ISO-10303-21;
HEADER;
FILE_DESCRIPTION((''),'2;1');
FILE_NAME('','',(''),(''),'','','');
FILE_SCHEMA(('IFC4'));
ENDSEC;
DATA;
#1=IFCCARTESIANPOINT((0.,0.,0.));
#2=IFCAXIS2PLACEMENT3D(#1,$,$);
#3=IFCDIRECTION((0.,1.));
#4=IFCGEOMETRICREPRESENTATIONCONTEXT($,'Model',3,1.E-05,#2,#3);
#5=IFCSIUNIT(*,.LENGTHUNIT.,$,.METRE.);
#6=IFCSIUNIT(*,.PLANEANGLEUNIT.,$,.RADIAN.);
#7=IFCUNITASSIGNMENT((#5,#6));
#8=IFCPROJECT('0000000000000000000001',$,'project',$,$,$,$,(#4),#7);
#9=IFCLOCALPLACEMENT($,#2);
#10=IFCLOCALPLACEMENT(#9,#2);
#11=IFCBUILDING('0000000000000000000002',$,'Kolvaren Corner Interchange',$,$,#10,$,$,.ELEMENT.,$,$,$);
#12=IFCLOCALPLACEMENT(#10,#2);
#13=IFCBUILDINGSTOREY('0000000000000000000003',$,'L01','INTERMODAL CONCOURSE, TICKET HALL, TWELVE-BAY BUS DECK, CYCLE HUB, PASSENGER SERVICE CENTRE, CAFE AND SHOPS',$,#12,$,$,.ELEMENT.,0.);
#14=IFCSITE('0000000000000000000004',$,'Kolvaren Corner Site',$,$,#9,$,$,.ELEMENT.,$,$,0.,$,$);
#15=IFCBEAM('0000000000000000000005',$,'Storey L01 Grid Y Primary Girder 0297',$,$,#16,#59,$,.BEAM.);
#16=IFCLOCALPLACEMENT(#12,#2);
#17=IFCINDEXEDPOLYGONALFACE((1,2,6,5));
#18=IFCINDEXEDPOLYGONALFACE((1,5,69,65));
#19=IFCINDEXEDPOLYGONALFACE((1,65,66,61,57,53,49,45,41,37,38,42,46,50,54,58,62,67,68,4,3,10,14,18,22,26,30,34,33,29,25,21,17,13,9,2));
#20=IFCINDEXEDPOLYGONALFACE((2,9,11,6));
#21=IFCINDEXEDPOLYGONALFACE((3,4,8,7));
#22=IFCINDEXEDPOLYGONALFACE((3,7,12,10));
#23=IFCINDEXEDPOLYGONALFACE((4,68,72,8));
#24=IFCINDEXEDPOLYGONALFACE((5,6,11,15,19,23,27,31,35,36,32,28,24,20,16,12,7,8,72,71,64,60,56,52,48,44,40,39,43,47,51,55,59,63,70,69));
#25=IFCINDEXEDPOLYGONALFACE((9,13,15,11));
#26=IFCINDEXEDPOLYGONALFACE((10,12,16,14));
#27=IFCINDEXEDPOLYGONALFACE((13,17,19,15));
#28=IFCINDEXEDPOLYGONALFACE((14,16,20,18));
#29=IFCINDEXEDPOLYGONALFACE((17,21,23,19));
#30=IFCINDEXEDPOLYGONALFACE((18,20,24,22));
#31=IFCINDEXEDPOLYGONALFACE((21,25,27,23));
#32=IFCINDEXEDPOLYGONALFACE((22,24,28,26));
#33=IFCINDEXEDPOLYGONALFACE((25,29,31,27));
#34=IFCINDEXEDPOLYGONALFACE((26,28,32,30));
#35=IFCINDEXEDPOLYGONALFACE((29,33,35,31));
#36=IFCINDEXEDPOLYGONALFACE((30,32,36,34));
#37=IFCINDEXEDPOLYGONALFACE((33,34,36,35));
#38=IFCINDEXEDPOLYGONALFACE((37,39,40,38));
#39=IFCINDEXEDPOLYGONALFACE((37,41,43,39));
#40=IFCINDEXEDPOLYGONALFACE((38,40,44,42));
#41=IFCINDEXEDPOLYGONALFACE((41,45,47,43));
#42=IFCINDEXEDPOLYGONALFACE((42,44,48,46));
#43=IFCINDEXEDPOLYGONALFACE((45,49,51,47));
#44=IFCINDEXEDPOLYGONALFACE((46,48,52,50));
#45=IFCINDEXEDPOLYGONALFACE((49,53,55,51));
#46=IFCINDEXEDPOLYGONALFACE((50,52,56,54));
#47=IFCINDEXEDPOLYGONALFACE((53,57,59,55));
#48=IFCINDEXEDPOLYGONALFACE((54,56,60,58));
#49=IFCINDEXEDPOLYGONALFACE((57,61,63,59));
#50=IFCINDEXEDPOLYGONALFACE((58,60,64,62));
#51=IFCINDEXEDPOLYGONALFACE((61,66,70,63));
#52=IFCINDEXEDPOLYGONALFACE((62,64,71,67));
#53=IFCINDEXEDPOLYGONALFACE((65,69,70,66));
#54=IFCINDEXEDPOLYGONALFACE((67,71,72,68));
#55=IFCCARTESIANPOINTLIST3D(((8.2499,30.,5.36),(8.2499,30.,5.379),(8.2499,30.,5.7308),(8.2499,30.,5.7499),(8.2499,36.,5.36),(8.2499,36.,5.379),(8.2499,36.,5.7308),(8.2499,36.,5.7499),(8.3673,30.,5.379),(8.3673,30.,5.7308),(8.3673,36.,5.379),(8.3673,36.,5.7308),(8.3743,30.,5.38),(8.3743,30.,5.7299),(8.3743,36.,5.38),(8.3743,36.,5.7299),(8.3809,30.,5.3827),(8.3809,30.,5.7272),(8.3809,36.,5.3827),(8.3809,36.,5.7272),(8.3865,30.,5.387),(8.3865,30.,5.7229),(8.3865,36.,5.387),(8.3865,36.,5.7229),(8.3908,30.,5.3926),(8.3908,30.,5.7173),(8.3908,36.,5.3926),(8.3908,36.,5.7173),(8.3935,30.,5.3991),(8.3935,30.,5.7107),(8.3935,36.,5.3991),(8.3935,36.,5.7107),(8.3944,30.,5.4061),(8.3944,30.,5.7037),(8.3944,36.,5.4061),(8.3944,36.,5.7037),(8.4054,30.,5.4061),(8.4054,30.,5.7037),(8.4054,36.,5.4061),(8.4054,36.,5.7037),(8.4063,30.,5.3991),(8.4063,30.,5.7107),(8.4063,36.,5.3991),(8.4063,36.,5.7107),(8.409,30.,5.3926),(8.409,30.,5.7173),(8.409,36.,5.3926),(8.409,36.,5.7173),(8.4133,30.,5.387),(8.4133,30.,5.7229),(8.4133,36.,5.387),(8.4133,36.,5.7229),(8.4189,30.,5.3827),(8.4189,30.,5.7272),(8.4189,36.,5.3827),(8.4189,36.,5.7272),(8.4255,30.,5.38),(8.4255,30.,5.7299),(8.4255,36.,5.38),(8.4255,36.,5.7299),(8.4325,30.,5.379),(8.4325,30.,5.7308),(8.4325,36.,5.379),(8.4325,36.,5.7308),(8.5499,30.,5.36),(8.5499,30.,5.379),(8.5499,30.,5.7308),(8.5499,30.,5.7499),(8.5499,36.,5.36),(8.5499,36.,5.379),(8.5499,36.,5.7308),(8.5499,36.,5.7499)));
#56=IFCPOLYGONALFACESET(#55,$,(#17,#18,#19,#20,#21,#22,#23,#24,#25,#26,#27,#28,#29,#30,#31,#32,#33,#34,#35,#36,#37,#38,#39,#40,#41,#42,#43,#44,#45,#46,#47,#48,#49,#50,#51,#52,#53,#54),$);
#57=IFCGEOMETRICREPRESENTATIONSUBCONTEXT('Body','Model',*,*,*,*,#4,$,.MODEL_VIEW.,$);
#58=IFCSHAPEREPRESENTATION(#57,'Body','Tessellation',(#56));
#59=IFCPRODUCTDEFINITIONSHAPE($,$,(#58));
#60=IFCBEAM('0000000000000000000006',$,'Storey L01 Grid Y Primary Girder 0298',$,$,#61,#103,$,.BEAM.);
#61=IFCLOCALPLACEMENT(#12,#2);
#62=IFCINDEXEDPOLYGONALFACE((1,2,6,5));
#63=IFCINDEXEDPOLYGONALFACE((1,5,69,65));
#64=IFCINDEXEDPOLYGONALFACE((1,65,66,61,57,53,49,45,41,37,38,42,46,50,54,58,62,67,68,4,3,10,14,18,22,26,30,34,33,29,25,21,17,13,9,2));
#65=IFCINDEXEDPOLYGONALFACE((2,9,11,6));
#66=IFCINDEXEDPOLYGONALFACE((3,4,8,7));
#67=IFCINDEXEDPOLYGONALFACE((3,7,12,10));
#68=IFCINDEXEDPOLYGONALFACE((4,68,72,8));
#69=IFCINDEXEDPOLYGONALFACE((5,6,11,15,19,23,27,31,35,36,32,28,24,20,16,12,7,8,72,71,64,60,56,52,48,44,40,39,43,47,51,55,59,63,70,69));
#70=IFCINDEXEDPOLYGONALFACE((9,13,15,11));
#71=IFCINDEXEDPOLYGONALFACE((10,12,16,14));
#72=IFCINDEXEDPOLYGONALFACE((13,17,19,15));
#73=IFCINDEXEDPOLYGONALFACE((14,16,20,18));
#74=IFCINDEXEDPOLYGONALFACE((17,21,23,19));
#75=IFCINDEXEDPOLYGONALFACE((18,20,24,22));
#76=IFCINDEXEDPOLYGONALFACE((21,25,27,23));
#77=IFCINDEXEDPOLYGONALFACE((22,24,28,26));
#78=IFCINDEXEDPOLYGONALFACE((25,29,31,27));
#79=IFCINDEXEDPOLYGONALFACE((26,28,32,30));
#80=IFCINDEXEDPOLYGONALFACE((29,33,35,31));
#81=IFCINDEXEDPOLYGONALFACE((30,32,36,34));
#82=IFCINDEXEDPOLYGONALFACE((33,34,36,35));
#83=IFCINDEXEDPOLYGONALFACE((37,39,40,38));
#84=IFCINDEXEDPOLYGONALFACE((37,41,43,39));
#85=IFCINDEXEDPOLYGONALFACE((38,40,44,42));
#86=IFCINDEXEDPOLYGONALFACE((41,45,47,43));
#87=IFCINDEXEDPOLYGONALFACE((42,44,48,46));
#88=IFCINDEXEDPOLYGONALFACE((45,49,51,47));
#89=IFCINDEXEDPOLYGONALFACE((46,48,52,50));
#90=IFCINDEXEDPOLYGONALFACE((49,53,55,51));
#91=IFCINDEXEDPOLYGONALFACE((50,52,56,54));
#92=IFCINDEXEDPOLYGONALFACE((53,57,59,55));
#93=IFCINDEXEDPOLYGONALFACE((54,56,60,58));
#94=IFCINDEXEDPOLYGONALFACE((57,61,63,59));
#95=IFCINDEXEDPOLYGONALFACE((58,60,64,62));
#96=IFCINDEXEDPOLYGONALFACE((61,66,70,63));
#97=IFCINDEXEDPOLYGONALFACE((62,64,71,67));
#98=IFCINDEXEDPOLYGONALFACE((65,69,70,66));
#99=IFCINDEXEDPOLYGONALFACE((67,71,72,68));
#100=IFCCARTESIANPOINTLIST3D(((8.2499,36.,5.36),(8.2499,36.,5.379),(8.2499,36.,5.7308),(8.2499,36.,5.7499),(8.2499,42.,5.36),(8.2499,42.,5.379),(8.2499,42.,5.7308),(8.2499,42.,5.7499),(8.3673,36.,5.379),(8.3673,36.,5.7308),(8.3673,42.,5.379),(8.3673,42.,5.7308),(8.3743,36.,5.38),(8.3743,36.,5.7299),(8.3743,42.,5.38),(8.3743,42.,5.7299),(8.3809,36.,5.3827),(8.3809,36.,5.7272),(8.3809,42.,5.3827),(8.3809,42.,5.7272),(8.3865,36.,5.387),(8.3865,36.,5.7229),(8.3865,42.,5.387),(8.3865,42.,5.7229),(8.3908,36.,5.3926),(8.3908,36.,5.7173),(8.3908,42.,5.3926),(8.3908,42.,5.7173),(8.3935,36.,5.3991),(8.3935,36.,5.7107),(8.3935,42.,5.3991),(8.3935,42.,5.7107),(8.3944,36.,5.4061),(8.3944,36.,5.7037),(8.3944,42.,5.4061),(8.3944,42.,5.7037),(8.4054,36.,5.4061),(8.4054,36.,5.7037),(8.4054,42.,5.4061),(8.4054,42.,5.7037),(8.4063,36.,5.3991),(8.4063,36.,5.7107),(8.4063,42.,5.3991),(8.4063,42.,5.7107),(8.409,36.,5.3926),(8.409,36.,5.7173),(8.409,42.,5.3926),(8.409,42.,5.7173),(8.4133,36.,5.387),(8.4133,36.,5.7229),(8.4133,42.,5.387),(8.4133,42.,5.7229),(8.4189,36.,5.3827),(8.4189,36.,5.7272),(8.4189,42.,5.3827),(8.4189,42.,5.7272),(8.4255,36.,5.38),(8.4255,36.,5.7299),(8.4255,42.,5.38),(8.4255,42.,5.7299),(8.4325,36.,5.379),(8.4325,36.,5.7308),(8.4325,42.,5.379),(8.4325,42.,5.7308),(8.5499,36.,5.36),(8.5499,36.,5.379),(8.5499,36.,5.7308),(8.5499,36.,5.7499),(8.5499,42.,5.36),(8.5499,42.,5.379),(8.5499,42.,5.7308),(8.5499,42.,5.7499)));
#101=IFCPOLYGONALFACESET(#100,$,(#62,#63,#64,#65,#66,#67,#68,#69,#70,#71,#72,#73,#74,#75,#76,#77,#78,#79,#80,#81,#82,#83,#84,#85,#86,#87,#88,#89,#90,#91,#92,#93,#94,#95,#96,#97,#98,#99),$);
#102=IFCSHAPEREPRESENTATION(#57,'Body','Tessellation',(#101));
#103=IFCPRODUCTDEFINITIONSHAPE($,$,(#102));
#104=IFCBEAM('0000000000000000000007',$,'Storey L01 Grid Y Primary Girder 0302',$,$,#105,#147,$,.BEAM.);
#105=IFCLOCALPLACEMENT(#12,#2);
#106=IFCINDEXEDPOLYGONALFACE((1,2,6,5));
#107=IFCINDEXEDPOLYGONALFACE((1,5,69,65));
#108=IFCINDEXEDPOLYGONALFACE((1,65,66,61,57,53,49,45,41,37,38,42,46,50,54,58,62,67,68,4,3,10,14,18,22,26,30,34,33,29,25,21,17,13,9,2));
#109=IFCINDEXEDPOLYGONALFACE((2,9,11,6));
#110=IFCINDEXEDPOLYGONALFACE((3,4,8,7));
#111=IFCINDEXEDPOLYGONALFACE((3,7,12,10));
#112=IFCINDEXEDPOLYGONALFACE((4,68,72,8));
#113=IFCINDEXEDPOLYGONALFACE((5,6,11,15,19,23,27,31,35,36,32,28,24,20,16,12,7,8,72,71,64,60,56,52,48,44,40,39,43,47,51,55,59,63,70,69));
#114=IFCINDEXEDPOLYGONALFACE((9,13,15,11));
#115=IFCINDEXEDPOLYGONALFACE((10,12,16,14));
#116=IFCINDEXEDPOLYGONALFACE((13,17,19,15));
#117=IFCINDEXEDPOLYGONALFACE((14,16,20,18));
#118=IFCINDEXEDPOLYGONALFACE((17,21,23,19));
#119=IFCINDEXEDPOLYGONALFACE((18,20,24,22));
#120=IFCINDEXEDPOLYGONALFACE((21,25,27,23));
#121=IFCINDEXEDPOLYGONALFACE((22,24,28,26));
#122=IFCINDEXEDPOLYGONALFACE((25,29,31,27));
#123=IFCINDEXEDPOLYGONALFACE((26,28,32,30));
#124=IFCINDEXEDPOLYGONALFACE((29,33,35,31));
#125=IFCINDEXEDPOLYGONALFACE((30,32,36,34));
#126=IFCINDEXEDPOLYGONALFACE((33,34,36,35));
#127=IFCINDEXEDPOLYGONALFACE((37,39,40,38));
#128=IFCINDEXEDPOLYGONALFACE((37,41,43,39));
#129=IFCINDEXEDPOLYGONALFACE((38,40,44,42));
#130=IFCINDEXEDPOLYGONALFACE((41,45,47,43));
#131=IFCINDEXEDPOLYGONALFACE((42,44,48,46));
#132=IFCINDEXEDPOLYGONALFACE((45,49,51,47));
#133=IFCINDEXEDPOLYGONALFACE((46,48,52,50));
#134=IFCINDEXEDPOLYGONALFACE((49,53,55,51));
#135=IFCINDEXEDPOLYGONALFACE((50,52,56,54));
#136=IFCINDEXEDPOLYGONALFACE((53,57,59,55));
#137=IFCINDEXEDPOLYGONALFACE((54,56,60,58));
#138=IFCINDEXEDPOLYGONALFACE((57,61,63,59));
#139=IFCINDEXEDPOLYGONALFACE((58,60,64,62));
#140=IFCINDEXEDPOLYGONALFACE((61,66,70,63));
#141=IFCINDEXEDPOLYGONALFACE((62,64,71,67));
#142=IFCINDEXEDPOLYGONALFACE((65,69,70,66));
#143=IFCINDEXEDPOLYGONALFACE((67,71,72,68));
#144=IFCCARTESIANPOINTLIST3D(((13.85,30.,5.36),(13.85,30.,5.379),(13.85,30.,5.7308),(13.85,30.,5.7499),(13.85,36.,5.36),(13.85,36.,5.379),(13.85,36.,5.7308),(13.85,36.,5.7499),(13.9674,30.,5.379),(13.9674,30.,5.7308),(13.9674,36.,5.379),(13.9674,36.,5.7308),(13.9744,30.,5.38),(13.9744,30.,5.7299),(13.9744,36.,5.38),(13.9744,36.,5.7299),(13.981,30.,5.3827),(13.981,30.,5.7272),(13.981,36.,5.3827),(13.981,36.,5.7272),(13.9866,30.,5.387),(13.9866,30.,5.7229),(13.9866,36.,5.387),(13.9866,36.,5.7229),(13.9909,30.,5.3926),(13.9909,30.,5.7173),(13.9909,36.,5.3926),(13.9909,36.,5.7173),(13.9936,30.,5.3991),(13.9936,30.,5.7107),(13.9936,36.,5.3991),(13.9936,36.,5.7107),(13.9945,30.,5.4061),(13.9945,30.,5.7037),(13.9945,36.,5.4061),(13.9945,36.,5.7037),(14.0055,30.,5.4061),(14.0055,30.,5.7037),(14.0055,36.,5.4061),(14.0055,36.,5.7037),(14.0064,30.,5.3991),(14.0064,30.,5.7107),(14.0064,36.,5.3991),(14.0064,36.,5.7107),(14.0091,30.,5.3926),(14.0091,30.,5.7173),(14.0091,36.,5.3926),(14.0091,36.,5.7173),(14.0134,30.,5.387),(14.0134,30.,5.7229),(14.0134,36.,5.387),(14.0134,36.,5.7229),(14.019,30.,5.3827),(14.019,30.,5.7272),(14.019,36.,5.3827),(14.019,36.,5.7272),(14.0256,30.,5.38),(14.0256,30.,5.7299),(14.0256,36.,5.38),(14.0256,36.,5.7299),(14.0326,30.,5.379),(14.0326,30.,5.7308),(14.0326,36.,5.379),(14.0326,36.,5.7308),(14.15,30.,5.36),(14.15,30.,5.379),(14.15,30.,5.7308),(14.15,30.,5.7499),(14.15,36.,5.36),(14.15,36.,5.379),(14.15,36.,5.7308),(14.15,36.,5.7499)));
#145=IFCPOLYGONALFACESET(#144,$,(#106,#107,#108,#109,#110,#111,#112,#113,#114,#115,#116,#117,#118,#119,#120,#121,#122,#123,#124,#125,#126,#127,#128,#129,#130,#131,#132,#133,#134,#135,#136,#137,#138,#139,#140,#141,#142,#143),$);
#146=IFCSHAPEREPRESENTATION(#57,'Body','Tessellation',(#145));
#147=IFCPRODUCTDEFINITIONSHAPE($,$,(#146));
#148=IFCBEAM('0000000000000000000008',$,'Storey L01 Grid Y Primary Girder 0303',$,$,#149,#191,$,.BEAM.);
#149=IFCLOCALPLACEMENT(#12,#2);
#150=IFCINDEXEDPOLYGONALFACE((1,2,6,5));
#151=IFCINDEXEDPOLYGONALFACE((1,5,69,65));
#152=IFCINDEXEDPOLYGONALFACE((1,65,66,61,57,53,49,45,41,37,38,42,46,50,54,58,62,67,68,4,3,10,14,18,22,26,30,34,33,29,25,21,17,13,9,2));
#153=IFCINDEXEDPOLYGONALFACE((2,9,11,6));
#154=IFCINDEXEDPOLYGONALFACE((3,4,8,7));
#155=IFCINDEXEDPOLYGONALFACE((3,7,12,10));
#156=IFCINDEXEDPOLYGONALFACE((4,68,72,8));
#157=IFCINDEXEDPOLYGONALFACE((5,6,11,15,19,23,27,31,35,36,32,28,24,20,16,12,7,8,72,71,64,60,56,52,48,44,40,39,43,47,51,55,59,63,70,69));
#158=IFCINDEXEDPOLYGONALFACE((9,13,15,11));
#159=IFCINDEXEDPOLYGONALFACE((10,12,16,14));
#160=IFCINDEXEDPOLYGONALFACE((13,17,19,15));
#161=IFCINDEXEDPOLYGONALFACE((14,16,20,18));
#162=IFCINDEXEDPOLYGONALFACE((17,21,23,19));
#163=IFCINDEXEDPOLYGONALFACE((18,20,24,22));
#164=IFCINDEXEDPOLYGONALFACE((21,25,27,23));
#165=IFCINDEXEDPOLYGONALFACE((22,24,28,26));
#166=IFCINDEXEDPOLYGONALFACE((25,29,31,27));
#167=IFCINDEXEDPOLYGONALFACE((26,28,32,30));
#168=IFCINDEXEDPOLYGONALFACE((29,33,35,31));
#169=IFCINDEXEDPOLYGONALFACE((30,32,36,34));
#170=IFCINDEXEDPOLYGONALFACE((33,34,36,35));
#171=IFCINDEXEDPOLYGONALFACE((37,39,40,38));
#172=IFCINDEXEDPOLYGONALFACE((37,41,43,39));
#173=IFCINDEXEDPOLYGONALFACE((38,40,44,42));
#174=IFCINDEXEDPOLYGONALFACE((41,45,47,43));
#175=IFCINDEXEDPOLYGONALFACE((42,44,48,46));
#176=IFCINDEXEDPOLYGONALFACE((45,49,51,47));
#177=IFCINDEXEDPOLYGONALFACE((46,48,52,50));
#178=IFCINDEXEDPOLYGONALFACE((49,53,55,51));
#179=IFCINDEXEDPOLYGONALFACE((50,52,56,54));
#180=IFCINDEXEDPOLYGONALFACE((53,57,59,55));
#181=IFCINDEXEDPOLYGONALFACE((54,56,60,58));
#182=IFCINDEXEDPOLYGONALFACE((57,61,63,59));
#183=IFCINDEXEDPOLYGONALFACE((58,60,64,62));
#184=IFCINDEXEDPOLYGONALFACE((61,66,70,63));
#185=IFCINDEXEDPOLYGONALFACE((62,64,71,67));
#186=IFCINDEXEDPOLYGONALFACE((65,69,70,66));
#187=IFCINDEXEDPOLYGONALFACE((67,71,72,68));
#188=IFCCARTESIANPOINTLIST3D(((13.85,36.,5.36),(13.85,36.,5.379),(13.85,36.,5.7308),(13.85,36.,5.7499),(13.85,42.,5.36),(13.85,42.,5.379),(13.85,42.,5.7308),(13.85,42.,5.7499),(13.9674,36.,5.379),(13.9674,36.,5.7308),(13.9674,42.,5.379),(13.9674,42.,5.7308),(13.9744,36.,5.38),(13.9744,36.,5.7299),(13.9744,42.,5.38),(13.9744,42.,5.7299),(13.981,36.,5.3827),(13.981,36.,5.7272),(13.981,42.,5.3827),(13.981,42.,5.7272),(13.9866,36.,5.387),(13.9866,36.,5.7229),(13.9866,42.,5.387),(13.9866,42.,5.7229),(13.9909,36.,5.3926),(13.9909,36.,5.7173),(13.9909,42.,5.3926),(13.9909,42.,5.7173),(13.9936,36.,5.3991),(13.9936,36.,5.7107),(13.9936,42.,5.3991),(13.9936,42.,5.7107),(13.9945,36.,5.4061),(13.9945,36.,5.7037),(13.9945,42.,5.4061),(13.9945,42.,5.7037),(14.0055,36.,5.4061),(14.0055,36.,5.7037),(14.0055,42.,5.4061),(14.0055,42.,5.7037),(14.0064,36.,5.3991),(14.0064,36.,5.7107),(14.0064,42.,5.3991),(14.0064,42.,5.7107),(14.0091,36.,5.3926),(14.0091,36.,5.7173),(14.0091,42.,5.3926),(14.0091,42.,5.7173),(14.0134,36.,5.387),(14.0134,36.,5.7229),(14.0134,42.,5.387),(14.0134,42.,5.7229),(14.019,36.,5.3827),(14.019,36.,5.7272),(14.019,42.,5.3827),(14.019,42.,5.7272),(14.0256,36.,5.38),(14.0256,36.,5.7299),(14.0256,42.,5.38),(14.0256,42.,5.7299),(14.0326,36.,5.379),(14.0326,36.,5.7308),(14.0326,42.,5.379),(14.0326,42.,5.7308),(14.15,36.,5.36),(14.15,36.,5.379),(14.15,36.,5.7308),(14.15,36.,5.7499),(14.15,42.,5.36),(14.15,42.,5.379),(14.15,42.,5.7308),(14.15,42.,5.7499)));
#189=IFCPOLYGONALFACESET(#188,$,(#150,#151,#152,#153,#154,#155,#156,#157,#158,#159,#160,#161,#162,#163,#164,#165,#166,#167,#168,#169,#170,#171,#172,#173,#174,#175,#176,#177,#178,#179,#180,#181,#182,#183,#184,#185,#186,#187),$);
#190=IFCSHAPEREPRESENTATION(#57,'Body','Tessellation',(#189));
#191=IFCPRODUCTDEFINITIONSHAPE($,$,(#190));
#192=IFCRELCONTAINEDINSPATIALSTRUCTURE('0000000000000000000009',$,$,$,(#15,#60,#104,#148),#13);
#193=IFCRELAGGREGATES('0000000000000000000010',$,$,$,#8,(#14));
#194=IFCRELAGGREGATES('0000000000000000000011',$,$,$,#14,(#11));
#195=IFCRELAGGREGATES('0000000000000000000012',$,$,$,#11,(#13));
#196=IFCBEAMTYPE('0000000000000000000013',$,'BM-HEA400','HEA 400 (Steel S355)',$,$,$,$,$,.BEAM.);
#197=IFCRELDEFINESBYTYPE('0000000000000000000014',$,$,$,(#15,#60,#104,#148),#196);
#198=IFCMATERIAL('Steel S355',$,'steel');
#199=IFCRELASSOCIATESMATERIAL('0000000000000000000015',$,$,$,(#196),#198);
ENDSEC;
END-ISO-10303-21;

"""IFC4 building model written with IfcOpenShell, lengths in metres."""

from ifc_helpers import new_model, si_unit, direction, frame, origin, origin_2d, place, context, subcontext, project, spatial, i_section, extrude, material, material_profile, profile_set, type_object, element, save


model = new_model("IFC4")

# Units and contexts
model_context = context("Model", 3, precision=1e-05, world=origin(), true_north=direction((0.0, 1.0)))
body_context = subcontext(model_context, "Body", "Model", "MODEL_VIEW")
ifc_project = project(units=[si_unit("LENGTHUNIT", "METRE"), si_unit("PLANEANGLEUNIT", "RADIAN")], contexts=[model_context])

# Site, building, storey
site_placement = place(None, origin())
site = spatial("IfcSite", under=ifc_project, at=site_placement, Name="Kolvaren Corner Site", CompositionType="ELEMENT", RefElevation=0.0)
building_placement = place(site_placement, origin())
building = spatial("IfcBuilding", under=site, at=building_placement, Name="Kolvaren Corner Interchange", CompositionType="ELEMENT")
storey_placement = place(building_placement, origin())
storey = spatial("IfcBuildingStorey", under=building, at=storey_placement, Name="L01", Description="INTERMODAL CONCOURSE, TICKET HALL, TWELVE-BAY BUS DECK, CYCLE HUB, PASSENGER SERVICE CENTRE, CAFE AND SHOPS", CompositionType="ELEMENT", Elevation=0.0)

# Beams
ifc_material_1 = material(Name="Steel S355", Category="steel")
ifc_material_profile_1 = material_profile(ifc_material_1, i_section(OverallWidth=0.3, OverallDepth=0.3899, WebThickness=0.011, FlangeThickness=0.019, FilletRadius=0.0271, at=origin_2d()), Name="HEA 400")
ifc_profile_set_1 = profile_set([ifc_material_profile_1], Name="Steel S355")
beam_type_1 = type_object("IfcBeamType", Name="BM-HEA400", Description="HEA 400 (Steel S355)", PredefinedType="BEAM", material=ifc_profile_set_1)
for number, where, z_axis, x_axis, name in (
    (1, (8.3999, 30.0, 5.5549), (0.0, 1.0, 0.0), (-1.0, 0.0, 0.0), "Storey L01 Grid Y Primary Girder 0297"),
    (2, (8.3999, 36.0, 5.5549), (0.0, 1.0, 0.0), (-1.0, 0.0, 0.0), "Storey L01 Grid Y Primary Girder 0298"),
    (3, (14.0, 30.0, 5.5549), (0.0, 1.0, 0.0), (-1.0, 0.0, 0.0), "Storey L01 Grid Y Primary Girder 0302"),
    (4, (14.0, 36.0, 5.5549), (0.0, 1.0, 0.0), (-1.0, 0.0, 0.0), "Storey L01 Grid Y Primary Girder 0303"),
):
    element("IfcBeam", number, at=place(storey_placement, frame(where, z_axis=z_axis, x_axis=x_axis)), inside=storey, type_object=beam_type_1, Name=name, PredefinedType="BEAM", context=body_context, shape_type="SweptSolid", body=[
        extrude(i_section(OverallWidth=0.3, OverallDepth=0.3899, WebThickness=0.011, FlangeThickness=0.019, FilletRadius=0.0271, at=origin_2d()), origin(), (0.0, 0.0, 1.0), 6.0),
    ])

save(model, "model.ifc")
